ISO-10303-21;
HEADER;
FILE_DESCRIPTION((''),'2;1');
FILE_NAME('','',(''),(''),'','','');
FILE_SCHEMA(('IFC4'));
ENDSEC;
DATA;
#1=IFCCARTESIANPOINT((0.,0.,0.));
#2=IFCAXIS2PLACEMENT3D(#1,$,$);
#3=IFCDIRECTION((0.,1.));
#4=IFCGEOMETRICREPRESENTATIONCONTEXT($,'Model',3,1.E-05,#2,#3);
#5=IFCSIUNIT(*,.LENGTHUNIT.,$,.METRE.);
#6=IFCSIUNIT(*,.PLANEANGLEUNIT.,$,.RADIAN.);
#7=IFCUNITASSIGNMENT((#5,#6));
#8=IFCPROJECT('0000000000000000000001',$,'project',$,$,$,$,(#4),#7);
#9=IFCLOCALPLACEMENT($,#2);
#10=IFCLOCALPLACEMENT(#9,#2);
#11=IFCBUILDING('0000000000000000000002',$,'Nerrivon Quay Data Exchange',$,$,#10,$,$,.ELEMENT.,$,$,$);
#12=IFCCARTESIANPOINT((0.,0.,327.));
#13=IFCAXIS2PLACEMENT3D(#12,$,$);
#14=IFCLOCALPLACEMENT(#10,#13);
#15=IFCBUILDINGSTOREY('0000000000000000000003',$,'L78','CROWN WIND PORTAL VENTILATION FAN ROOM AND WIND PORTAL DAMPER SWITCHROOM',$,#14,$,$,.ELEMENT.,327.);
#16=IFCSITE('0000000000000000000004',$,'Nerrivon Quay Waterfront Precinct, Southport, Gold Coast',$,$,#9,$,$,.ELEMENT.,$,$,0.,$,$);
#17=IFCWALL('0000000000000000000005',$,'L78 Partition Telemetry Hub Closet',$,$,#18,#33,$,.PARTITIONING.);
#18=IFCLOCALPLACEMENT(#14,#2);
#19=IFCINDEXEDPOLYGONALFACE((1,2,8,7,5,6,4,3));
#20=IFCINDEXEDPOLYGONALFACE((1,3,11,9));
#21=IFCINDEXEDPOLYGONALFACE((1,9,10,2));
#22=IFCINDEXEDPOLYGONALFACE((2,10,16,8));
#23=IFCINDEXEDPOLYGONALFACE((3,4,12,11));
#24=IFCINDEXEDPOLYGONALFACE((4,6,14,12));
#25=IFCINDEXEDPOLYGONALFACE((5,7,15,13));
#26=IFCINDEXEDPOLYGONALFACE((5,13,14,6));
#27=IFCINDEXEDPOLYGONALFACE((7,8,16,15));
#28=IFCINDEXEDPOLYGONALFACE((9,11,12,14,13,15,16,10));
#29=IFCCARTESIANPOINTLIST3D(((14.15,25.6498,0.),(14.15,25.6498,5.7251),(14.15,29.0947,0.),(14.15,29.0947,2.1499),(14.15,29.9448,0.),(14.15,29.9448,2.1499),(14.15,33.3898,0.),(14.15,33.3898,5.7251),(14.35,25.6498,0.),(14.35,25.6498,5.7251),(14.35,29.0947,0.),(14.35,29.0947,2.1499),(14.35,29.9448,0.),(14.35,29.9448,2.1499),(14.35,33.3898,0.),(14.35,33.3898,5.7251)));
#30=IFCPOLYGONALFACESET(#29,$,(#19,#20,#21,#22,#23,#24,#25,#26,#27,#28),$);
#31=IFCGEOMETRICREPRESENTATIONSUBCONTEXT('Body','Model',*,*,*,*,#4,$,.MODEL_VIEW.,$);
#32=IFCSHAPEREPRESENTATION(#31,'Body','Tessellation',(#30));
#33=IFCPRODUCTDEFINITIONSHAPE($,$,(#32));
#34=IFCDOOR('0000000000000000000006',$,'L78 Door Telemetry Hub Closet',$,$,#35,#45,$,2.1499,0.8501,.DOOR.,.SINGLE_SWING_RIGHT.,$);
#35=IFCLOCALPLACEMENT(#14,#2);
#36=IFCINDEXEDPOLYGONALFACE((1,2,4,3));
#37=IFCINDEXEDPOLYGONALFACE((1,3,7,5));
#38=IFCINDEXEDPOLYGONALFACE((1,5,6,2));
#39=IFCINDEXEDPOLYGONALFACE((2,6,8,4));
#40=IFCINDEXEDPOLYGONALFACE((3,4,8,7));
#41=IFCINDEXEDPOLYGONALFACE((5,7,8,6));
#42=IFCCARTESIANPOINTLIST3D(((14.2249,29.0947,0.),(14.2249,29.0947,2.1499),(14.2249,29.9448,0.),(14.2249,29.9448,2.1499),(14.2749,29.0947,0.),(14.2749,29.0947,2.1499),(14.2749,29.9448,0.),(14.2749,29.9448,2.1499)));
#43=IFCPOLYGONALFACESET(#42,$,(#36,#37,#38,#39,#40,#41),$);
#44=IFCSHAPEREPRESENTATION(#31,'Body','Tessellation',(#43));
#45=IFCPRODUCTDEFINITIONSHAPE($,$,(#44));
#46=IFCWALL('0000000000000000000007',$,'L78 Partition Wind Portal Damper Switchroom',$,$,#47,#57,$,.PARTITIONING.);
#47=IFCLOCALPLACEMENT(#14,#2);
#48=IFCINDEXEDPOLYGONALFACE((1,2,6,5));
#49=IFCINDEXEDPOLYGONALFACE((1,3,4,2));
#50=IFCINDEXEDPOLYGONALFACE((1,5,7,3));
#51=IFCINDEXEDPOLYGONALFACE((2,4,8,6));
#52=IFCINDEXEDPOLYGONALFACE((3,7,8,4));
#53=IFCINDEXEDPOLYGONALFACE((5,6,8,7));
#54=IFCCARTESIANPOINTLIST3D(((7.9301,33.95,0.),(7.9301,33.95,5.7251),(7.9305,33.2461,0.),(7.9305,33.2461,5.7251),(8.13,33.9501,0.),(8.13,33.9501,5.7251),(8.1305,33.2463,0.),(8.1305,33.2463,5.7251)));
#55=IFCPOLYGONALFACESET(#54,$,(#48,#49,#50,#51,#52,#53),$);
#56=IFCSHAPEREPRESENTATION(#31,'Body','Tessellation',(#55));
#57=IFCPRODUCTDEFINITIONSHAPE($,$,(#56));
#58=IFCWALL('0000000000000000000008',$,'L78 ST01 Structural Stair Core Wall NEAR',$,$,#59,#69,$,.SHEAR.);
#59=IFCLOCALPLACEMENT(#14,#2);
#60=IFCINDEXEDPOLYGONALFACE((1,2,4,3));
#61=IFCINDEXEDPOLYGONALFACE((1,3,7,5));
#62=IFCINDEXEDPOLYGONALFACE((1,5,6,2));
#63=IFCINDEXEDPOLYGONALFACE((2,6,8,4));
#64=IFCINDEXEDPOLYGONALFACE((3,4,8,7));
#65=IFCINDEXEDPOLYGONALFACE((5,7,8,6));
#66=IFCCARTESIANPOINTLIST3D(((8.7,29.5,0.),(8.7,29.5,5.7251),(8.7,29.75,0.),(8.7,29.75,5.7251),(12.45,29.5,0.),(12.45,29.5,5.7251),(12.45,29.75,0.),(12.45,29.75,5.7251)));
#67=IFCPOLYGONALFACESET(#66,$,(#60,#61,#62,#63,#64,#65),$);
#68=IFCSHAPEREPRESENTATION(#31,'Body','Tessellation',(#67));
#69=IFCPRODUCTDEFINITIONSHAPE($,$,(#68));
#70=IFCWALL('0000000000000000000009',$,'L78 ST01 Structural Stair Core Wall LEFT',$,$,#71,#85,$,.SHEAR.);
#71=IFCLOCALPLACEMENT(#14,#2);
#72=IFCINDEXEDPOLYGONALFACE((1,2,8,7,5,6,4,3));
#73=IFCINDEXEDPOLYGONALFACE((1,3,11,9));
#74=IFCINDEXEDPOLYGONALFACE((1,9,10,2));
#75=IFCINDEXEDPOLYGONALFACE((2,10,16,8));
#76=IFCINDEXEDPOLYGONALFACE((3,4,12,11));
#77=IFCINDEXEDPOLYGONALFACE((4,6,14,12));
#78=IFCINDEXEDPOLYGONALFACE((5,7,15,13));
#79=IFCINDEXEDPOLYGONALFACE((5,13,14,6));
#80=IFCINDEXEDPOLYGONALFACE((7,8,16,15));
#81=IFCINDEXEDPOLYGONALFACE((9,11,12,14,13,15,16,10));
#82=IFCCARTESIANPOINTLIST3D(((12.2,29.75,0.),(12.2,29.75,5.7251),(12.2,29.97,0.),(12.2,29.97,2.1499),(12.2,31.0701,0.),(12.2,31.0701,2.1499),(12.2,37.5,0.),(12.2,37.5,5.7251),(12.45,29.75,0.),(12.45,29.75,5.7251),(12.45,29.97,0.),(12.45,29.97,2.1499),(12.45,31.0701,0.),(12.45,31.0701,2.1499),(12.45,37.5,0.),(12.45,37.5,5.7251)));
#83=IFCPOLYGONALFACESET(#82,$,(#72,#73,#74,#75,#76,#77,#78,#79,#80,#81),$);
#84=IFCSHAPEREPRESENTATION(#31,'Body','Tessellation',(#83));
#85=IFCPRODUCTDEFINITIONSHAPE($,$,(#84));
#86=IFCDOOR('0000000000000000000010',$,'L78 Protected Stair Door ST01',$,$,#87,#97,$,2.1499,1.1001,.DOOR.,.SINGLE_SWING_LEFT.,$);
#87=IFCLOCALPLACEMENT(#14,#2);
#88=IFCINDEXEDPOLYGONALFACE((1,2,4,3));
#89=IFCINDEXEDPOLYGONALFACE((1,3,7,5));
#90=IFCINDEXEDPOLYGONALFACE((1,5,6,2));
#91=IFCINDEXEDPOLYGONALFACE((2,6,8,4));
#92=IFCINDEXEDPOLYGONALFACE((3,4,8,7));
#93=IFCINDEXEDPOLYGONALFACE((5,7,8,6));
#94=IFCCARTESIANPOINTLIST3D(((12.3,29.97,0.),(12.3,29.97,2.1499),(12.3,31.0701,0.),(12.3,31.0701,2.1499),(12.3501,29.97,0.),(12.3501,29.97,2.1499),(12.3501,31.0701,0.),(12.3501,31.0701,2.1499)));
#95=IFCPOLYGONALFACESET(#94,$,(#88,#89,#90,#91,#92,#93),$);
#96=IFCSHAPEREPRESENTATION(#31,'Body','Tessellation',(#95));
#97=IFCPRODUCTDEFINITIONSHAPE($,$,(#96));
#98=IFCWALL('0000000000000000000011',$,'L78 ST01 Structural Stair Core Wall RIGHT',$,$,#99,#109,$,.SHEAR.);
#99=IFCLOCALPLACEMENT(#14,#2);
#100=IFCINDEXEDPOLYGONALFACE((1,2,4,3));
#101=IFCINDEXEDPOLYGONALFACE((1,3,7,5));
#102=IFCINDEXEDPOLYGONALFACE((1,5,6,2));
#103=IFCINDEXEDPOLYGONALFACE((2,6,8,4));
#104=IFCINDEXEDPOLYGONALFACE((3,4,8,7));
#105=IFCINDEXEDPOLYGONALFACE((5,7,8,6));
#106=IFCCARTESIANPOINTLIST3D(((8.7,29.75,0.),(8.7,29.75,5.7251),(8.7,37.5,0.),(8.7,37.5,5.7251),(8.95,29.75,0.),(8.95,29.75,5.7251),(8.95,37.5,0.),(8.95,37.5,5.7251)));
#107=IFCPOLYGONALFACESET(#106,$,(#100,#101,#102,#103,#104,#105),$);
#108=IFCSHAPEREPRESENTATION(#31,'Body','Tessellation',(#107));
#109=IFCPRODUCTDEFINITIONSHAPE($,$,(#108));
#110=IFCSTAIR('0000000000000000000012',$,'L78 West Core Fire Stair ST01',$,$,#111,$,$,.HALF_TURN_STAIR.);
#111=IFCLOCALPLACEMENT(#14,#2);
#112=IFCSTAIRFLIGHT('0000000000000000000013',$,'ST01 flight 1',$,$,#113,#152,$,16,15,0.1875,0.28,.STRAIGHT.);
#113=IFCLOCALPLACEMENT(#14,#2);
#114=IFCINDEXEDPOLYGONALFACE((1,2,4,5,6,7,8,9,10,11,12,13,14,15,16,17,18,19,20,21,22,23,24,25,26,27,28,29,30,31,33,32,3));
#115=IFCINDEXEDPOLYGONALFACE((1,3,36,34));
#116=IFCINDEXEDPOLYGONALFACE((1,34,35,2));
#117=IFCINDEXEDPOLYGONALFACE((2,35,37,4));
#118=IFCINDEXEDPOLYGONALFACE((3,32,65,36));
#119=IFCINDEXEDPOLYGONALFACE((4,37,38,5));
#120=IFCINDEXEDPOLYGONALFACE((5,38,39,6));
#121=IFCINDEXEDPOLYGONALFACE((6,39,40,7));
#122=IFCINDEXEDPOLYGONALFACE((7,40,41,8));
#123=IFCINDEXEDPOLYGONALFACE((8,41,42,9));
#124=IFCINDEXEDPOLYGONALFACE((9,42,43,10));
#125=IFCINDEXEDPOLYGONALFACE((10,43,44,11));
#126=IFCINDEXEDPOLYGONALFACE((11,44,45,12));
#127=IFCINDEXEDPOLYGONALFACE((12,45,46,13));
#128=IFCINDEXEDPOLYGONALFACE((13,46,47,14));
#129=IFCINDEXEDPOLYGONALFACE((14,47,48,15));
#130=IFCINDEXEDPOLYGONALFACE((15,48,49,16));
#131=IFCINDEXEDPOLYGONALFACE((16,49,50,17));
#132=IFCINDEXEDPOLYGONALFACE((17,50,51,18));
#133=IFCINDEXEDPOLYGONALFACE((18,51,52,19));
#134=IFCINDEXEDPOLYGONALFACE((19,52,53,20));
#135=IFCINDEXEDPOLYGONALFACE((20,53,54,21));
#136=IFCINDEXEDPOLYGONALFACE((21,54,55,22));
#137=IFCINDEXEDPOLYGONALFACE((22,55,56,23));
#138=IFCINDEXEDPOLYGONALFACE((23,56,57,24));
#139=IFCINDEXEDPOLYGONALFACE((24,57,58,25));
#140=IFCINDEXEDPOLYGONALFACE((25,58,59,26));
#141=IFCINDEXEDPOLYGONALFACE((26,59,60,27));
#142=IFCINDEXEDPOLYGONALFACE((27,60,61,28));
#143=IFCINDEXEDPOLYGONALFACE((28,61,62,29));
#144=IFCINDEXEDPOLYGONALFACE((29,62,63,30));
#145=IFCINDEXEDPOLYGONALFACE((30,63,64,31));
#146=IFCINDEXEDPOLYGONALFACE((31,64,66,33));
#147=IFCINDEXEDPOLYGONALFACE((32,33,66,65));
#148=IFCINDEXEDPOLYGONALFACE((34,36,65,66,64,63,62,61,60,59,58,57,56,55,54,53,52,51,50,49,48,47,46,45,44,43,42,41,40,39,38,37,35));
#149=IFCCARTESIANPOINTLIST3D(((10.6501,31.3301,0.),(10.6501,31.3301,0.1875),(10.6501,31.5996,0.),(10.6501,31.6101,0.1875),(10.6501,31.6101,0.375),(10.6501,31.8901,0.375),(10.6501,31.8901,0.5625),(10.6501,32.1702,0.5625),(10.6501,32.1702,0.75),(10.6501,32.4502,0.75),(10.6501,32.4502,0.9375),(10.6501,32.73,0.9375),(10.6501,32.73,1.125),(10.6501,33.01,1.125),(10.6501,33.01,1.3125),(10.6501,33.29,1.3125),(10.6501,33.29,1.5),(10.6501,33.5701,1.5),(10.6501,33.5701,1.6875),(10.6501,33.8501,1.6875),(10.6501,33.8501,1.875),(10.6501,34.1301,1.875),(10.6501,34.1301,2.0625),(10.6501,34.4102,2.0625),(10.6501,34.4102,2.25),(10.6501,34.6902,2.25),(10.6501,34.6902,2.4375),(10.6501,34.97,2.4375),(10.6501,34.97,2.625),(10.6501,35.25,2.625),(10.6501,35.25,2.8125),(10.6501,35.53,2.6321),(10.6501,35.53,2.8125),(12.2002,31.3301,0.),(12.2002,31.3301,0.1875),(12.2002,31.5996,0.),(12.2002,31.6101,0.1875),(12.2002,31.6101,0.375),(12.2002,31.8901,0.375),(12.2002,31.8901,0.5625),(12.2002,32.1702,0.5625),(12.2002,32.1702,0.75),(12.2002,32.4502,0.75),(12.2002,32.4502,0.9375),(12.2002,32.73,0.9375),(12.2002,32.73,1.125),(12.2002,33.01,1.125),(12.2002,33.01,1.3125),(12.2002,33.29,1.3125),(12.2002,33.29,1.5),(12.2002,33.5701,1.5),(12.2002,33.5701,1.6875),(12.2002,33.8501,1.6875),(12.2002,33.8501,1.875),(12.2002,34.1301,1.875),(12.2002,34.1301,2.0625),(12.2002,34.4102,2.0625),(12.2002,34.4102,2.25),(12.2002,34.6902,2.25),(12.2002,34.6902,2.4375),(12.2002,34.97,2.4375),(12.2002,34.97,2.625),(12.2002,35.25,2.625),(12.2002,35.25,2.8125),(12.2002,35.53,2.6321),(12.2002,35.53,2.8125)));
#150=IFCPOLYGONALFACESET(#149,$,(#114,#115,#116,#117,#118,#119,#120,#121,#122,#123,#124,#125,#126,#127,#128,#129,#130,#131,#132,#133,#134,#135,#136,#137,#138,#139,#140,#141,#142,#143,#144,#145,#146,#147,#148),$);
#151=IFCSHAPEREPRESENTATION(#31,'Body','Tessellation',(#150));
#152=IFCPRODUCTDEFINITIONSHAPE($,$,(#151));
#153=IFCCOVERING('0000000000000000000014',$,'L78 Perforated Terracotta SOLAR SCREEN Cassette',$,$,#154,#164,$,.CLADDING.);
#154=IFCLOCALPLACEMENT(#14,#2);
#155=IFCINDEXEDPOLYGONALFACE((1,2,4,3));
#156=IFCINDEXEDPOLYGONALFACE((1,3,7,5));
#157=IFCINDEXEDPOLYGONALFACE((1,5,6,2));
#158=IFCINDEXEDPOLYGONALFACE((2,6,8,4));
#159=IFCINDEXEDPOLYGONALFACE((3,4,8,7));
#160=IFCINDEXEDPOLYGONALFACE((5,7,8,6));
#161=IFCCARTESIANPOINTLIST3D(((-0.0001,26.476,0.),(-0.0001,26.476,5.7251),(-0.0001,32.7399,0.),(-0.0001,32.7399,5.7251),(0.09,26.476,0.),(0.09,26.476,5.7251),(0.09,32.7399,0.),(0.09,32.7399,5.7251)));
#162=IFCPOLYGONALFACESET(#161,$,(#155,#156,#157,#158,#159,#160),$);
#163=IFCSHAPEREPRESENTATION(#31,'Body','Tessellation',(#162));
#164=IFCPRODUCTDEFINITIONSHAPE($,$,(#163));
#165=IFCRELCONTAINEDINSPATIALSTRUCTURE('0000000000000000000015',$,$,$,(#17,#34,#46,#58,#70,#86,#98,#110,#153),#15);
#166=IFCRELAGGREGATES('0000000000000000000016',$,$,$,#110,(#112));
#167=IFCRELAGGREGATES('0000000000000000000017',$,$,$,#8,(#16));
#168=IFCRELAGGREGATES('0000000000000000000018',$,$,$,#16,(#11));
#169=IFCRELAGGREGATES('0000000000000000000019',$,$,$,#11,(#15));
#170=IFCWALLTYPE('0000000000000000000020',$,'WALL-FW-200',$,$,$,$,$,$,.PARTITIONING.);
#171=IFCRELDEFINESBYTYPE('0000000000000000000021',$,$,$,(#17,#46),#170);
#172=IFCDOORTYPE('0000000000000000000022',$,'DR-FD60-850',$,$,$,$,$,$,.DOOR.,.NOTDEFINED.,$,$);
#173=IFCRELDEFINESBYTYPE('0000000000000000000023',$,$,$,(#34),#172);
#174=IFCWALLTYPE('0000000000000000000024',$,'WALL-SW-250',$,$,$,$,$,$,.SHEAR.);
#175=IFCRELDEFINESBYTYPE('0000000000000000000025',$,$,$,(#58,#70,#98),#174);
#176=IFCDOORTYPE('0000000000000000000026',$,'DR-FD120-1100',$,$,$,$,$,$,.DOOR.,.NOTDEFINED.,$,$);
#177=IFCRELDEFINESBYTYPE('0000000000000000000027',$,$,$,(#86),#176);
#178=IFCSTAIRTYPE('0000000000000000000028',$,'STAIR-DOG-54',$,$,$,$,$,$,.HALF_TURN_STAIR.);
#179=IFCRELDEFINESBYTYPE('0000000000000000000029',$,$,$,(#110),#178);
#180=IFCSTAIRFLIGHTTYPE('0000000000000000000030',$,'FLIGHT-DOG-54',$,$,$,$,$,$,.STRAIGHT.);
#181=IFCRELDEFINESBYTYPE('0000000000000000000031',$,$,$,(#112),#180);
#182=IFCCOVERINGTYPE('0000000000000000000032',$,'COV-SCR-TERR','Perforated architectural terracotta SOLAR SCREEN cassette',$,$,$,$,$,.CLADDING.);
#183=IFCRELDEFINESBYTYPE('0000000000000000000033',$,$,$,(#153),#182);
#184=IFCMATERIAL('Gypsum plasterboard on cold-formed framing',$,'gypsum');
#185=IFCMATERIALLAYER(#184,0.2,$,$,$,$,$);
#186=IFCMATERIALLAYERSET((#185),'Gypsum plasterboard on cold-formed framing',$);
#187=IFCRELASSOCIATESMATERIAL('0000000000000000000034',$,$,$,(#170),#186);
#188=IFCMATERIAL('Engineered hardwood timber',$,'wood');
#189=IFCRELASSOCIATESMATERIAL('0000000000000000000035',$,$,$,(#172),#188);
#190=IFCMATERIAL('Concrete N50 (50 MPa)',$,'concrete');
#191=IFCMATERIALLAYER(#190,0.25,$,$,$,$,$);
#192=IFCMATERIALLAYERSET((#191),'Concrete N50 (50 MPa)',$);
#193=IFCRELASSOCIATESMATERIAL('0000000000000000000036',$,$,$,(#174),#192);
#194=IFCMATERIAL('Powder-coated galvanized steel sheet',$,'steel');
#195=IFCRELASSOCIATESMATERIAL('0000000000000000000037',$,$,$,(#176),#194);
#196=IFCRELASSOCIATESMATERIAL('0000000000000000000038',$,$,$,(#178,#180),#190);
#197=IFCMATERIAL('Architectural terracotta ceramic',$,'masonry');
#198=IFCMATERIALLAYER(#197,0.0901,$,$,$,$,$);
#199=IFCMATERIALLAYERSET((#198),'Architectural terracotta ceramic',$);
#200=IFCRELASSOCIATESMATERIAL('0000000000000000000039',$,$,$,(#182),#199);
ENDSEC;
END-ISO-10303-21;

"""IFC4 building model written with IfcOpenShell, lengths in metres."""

from ifc_helpers import new_model, si_unit, direction, frame, frame_2d, origin, origin_2d, place, context, subcontext, project, spatial, polyline, rectangle, outline, extrude, material, layer, layer_set, type_object, element, fill, aggregate, save


model = new_model("IFC4")

# Units and contexts
model_context = context("Model", 3, precision=1e-05, world=origin(), true_north=direction((0.0, 1.0)))
body_context = subcontext(model_context, "Body", "Model", "MODEL_VIEW")
ifc_project = project(units=[si_unit("LENGTHUNIT", "METRE"), si_unit("PLANEANGLEUNIT", "RADIAN")], contexts=[model_context])

# Site, building, storey
site_placement = place(None, origin())
site = spatial("IfcSite", under=ifc_project, at=site_placement, Name="Nerrivon Quay Waterfront Precinct, Southport, Gold Coast", CompositionType="ELEMENT", RefElevation=0.0)
building_placement = place(site_placement, origin())
building = spatial("IfcBuilding", under=site, at=building_placement, Name="Nerrivon Quay Data Exchange", CompositionType="ELEMENT")
storey_placement = place(building_placement, frame((0.0, 0.0, 327.0)))
storey = spatial("IfcBuildingStorey", under=building, at=storey_placement, Name="L78", Description="CROWN WIND PORTAL VENTILATION FAN ROOM AND WIND PORTAL DAMPER SWITCHROOM", CompositionType="ELEMENT", Elevation=327.0)

# Shared definitions
ifc_material_1 = material(Name="Concrete N50 (50 MPa)", Category="concrete")

# Shared definitions
ifc_material_2 = material(Name="Gypsum plasterboard on cold-formed framing", Category="gypsum")
ifc_layer_1 = layer(ifc_material_2, 0.2)
ifc_layer_set_1 = layer_set([ifc_layer_1], Name="Gypsum plasterboard on cold-formed framing")
wall_type_1 = type_object("IfcWallType", Name="WALL-FW-200", PredefinedType="PARTITIONING", material=ifc_layer_set_1)
ifc_material_3 = material(Name="Powder-coated galvanized steel sheet", Category="steel")

# Wall, opening, door
wall_1_placement = place(storey_placement, frame((14.25, 33.3899, 0.0), z_axis=(0.0, 0.0, 1.0), x_axis=(0.0, -1.0, 0.0)))
wall_1 = element("IfcWall", 1, at=wall_1_placement, inside=storey, type_object=wall_type_1, Name="L78 Partition Telemetry Hub Closet", PredefinedType="PARTITIONING", context=body_context, shape_type="SweptSolid", body=[
    extrude(rectangle(XDim=7.74, YDim=0.2, at=frame_2d((3.8701, 0.0))), origin(), (0.0, 0.0, 1.0), 5.7251),
])
opening_1_placement = place(wall_1_placement, frame((3.4451, 0.0, 0.0)))
opening_1 = element("IfcOpeningElement", 2, at=opening_1_placement, cuts=wall_1, PredefinedType="OPENING", context=body_context, shape_type="SweptSolid", body=[
    extrude(rectangle(XDim=0.8501, YDim=2.1499, at=frame_2d((0.425, 1.075))), frame((0.0, 0.1099, 0.0), z_axis=(0.0, -1.0, 0.0), x_axis=(1.0, 0.0, 0.0)), (0.0, 0.0, 1.0), 0.22),
])
ifc_material_4 = material(Name="Engineered hardwood timber", Category="wood")
door_type_1 = type_object("IfcDoorType", Name="DR-FD60-850", OperationType="NOTDEFINED", PredefinedType="DOOR", material=ifc_material_4)
door_1_placement = place(opening_1_placement, origin())
door_1 = element("IfcDoor", 3, at=door_1_placement, inside=storey, type_object=door_type_1, Name="L78 Door Telemetry Hub Closet", OperationType="SINGLE_SWING_RIGHT", OverallHeight=2.1499, OverallWidth=0.8501, PredefinedType="DOOR", context=body_context, shape_type="SweptSolid", body=[
    extrude(rectangle(XDim=0.8501, YDim=2.1499, at=frame_2d((0.425, 1.075))), frame((0.0, 0.0249, 0.0), z_axis=(0.0, -1.0, 0.0), x_axis=(1.0, 0.0, 0.0)), (0.0, 0.0, 1.0), 0.05),
])
fill(opening_1, door_1)

# Walls
wall_2_placement = place(storey_placement, frame((8.0305, 33.2461, 0.0), z_axis=(0.0, 0.0, 1.0), x_axis=(-0.000694, 1.0, 0.0)))
element("IfcWall", 4, at=wall_2_placement, inside=storey, type_object=wall_type_1, Name="L78 Partition Wind Portal Damper Switchroom", PredefinedType="PARTITIONING", context=body_context, shape_type="SweptSolid", body=[
    extrude(rectangle(XDim=0.7039, YDim=0.2, at=frame_2d((0.3521, 0.0))), origin(), (0.0, 0.0, 1.0), 5.7251),
])
ifc_layer_2 = layer(ifc_material_1, 0.25)
ifc_layer_set_2 = layer_set([ifc_layer_2], Name="Concrete N50 (50 MPa)")
wall_type_2 = type_object("IfcWallType", Name="WALL-SW-250", PredefinedType="SHEAR", material=ifc_layer_set_2)
wall_3_placement = place(storey_placement, frame((12.45, 29.625, 0.0), z_axis=(0.0, 0.0, 1.0), x_axis=(-1.0, 0.0, 0.0)))
element("IfcWall", 5, at=wall_3_placement, inside=storey, type_object=wall_type_2, Name="L78 ST01 Structural Stair Core Wall NEAR", PredefinedType="SHEAR", context=body_context, shape_type="SweptSolid", body=[
    extrude(rectangle(XDim=3.75, YDim=0.25, at=frame_2d((1.875, 0.0))), origin(), (0.0, 0.0, 1.0), 5.7251),
])

# Wall, opening, door
wall_4_placement = place(storey_placement, frame((12.325, 29.75, 0.0), z_axis=(0.0, 0.0, 1.0), x_axis=(0.0, 1.0, 0.0)))
wall_4 = element("IfcWall", 6, at=wall_4_placement, inside=storey, type_object=wall_type_2, Name="L78 ST01 Structural Stair Core Wall LEFT", PredefinedType="SHEAR", context=body_context, shape_type="SweptSolid", body=[
    extrude(rectangle(XDim=7.75, YDim=0.25, at=frame_2d((3.875, 0.0))), origin(), (0.0, 0.0, 1.0), 5.7251),
])
opening_2_placement = place(wall_4_placement, frame((0.22, 0.0, 0.0)))
opening_2 = element("IfcOpeningElement", 7, at=opening_2_placement, cuts=wall_4, PredefinedType="OPENING", context=body_context, shape_type="SweptSolid", body=[
    extrude(rectangle(XDim=1.1001, YDim=2.1499, at=frame_2d((0.55, 1.075))), frame((0.0, 0.135, 0.0), z_axis=(0.0, -1.0, 0.0), x_axis=(1.0, 0.0, 0.0)), (0.0, 0.0, 1.0), 0.27),
])
door_type_2 = type_object("IfcDoorType", Name="DR-FD120-1100", OperationType="NOTDEFINED", PredefinedType="DOOR", material=ifc_material_3)
door_2_placement = place(opening_2_placement, origin())
door_2 = element("IfcDoor", 8, at=door_2_placement, inside=storey, type_object=door_type_2, Name="L78 Protected Stair Door ST01", OperationType="SINGLE_SWING_LEFT", OverallHeight=2.1499, OverallWidth=1.1001, PredefinedType="DOOR", context=body_context, shape_type="SweptSolid", body=[
    extrude(rectangle(XDim=1.1001, YDim=2.1499, at=frame_2d((0.55, 1.075))), frame((0.0, 0.0249, 0.0), z_axis=(0.0, -1.0, 0.0), x_axis=(1.0, 0.0, 0.0)), (0.0, 0.0, 1.0), 0.05),
])
fill(opening_2, door_2)

# Wall
wall_5_placement = place(storey_placement, frame((8.825, 29.75, 0.0), z_axis=(0.0, 0.0, 1.0), x_axis=(0.0, 1.0, 0.0)))
element("IfcWall", 9, at=wall_5_placement, inside=storey, type_object=wall_type_2, Name="L78 ST01 Structural Stair Core Wall RIGHT", PredefinedType="SHEAR", context=body_context, shape_type="SweptSolid", body=[
    extrude(rectangle(XDim=7.75, YDim=0.25, at=frame_2d((3.875, 0.0))), origin(), (0.0, 0.0, 1.0), 5.7251),
])

# Stair, stair flight
stair_type = type_object("IfcStairType", Name="STAIR-DOG-54", PredefinedType="HALF_TURN_STAIR", material=ifc_material_1)
stair_placement = place(storey_placement, origin())
stair = element("IfcStair", 10, at=stair_placement, inside=storey, type_object=stair_type, Name="L78 West Core Fire Stair ST01", PredefinedType="HALF_TURN_STAIR")
stair_flight_type = type_object("IfcStairFlightType", Name="FLIGHT-DOG-54", PredefinedType="STRAIGHT", material=ifc_material_1)
stair_flight_placement = place(storey_placement, frame((11.425, 31.3301, 0.0), z_axis=(0.0, 0.0, 1.0), x_axis=(0.0, 1.0, 0.0)))
stair_flight = element("IfcStairFlight", 11, at=stair_flight_placement, type_object=stair_flight_type, Name="ST01 flight 1", NumberOfRisers=16, NumberOfTreads=15, PredefinedType="STRAIGHT", RiserHeight=0.1875, TreadLength=0.28, context=body_context, shape_type="SweptSolid", body=[
    extrude(outline(polyline([(0.0, 0.0), (0.0, 0.1875), (0.28, 0.1875), (0.28, 0.375), (0.5601, 0.375), (0.5601, 0.5625), (0.8401, 0.5625), (0.8401, 0.75), (1.1201, 0.75), (1.1201, 0.9375), (1.3999, 0.9375), (1.3999, 1.125), (1.6799, 1.125), (1.6799, 1.3125), (1.96, 1.3125), (1.96, 1.5), (2.24, 1.5), (2.24, 1.6875), (2.52, 1.6875), (2.52, 1.875), (2.8, 1.875), (2.8, 2.0625), (3.0801, 2.0625), (3.0801, 2.25), (3.3601, 2.25), (3.3601, 2.4375), (3.6399, 2.4375), (3.6399, 2.625), (3.9199, 2.625), (3.9199, 2.8125), (4.2, 2.8125), (4.2, 3.0), (4.2, 2.6321), (0.2695, 0.0), (0.0, 0.0)])), frame((0.0, 0.7749, 0.0), z_axis=(0.0, -1.0, 0.0), x_axis=(1.0, 0.0, 0.0)), (0.0, 0.0, 1.0), 1.55),
])
aggregate(stair, [stair_flight])

# Covering
ifc_material_5 = material(Name="Architectural terracotta ceramic", Category="masonry")
ifc_layer_3 = layer(ifc_material_5, 0.0901)
ifc_layer_set_3 = layer_set([ifc_layer_3], Name="Architectural terracotta ceramic")
covering_type = type_object("IfcCoveringType", Name="COV-SCR-TERR", Description="Perforated architectural terracotta SOLAR SCREEN cassette", PredefinedType="CLADDING", material=ifc_layer_set_3)
covering_placement = place(storey_placement, frame((0.0449, 29.6079, 0.0), z_axis=(0.0, 0.0, 1.0), x_axis=(0.0, 1.0, 0.0)))
element("IfcCovering", 12, at=covering_placement, inside=storey, type_object=covering_type, Name="L78 Perforated Terracotta SOLAR SCREEN Cassette", PredefinedType="CLADDING", context=body_context, shape_type="SweptSolid", body=[
    extrude(rectangle(XDim=6.2639, YDim=0.0901, at=origin_2d()), origin(), (0.0, 0.0, 1.0), 5.7251),
])

save(model, "model.ifc")
